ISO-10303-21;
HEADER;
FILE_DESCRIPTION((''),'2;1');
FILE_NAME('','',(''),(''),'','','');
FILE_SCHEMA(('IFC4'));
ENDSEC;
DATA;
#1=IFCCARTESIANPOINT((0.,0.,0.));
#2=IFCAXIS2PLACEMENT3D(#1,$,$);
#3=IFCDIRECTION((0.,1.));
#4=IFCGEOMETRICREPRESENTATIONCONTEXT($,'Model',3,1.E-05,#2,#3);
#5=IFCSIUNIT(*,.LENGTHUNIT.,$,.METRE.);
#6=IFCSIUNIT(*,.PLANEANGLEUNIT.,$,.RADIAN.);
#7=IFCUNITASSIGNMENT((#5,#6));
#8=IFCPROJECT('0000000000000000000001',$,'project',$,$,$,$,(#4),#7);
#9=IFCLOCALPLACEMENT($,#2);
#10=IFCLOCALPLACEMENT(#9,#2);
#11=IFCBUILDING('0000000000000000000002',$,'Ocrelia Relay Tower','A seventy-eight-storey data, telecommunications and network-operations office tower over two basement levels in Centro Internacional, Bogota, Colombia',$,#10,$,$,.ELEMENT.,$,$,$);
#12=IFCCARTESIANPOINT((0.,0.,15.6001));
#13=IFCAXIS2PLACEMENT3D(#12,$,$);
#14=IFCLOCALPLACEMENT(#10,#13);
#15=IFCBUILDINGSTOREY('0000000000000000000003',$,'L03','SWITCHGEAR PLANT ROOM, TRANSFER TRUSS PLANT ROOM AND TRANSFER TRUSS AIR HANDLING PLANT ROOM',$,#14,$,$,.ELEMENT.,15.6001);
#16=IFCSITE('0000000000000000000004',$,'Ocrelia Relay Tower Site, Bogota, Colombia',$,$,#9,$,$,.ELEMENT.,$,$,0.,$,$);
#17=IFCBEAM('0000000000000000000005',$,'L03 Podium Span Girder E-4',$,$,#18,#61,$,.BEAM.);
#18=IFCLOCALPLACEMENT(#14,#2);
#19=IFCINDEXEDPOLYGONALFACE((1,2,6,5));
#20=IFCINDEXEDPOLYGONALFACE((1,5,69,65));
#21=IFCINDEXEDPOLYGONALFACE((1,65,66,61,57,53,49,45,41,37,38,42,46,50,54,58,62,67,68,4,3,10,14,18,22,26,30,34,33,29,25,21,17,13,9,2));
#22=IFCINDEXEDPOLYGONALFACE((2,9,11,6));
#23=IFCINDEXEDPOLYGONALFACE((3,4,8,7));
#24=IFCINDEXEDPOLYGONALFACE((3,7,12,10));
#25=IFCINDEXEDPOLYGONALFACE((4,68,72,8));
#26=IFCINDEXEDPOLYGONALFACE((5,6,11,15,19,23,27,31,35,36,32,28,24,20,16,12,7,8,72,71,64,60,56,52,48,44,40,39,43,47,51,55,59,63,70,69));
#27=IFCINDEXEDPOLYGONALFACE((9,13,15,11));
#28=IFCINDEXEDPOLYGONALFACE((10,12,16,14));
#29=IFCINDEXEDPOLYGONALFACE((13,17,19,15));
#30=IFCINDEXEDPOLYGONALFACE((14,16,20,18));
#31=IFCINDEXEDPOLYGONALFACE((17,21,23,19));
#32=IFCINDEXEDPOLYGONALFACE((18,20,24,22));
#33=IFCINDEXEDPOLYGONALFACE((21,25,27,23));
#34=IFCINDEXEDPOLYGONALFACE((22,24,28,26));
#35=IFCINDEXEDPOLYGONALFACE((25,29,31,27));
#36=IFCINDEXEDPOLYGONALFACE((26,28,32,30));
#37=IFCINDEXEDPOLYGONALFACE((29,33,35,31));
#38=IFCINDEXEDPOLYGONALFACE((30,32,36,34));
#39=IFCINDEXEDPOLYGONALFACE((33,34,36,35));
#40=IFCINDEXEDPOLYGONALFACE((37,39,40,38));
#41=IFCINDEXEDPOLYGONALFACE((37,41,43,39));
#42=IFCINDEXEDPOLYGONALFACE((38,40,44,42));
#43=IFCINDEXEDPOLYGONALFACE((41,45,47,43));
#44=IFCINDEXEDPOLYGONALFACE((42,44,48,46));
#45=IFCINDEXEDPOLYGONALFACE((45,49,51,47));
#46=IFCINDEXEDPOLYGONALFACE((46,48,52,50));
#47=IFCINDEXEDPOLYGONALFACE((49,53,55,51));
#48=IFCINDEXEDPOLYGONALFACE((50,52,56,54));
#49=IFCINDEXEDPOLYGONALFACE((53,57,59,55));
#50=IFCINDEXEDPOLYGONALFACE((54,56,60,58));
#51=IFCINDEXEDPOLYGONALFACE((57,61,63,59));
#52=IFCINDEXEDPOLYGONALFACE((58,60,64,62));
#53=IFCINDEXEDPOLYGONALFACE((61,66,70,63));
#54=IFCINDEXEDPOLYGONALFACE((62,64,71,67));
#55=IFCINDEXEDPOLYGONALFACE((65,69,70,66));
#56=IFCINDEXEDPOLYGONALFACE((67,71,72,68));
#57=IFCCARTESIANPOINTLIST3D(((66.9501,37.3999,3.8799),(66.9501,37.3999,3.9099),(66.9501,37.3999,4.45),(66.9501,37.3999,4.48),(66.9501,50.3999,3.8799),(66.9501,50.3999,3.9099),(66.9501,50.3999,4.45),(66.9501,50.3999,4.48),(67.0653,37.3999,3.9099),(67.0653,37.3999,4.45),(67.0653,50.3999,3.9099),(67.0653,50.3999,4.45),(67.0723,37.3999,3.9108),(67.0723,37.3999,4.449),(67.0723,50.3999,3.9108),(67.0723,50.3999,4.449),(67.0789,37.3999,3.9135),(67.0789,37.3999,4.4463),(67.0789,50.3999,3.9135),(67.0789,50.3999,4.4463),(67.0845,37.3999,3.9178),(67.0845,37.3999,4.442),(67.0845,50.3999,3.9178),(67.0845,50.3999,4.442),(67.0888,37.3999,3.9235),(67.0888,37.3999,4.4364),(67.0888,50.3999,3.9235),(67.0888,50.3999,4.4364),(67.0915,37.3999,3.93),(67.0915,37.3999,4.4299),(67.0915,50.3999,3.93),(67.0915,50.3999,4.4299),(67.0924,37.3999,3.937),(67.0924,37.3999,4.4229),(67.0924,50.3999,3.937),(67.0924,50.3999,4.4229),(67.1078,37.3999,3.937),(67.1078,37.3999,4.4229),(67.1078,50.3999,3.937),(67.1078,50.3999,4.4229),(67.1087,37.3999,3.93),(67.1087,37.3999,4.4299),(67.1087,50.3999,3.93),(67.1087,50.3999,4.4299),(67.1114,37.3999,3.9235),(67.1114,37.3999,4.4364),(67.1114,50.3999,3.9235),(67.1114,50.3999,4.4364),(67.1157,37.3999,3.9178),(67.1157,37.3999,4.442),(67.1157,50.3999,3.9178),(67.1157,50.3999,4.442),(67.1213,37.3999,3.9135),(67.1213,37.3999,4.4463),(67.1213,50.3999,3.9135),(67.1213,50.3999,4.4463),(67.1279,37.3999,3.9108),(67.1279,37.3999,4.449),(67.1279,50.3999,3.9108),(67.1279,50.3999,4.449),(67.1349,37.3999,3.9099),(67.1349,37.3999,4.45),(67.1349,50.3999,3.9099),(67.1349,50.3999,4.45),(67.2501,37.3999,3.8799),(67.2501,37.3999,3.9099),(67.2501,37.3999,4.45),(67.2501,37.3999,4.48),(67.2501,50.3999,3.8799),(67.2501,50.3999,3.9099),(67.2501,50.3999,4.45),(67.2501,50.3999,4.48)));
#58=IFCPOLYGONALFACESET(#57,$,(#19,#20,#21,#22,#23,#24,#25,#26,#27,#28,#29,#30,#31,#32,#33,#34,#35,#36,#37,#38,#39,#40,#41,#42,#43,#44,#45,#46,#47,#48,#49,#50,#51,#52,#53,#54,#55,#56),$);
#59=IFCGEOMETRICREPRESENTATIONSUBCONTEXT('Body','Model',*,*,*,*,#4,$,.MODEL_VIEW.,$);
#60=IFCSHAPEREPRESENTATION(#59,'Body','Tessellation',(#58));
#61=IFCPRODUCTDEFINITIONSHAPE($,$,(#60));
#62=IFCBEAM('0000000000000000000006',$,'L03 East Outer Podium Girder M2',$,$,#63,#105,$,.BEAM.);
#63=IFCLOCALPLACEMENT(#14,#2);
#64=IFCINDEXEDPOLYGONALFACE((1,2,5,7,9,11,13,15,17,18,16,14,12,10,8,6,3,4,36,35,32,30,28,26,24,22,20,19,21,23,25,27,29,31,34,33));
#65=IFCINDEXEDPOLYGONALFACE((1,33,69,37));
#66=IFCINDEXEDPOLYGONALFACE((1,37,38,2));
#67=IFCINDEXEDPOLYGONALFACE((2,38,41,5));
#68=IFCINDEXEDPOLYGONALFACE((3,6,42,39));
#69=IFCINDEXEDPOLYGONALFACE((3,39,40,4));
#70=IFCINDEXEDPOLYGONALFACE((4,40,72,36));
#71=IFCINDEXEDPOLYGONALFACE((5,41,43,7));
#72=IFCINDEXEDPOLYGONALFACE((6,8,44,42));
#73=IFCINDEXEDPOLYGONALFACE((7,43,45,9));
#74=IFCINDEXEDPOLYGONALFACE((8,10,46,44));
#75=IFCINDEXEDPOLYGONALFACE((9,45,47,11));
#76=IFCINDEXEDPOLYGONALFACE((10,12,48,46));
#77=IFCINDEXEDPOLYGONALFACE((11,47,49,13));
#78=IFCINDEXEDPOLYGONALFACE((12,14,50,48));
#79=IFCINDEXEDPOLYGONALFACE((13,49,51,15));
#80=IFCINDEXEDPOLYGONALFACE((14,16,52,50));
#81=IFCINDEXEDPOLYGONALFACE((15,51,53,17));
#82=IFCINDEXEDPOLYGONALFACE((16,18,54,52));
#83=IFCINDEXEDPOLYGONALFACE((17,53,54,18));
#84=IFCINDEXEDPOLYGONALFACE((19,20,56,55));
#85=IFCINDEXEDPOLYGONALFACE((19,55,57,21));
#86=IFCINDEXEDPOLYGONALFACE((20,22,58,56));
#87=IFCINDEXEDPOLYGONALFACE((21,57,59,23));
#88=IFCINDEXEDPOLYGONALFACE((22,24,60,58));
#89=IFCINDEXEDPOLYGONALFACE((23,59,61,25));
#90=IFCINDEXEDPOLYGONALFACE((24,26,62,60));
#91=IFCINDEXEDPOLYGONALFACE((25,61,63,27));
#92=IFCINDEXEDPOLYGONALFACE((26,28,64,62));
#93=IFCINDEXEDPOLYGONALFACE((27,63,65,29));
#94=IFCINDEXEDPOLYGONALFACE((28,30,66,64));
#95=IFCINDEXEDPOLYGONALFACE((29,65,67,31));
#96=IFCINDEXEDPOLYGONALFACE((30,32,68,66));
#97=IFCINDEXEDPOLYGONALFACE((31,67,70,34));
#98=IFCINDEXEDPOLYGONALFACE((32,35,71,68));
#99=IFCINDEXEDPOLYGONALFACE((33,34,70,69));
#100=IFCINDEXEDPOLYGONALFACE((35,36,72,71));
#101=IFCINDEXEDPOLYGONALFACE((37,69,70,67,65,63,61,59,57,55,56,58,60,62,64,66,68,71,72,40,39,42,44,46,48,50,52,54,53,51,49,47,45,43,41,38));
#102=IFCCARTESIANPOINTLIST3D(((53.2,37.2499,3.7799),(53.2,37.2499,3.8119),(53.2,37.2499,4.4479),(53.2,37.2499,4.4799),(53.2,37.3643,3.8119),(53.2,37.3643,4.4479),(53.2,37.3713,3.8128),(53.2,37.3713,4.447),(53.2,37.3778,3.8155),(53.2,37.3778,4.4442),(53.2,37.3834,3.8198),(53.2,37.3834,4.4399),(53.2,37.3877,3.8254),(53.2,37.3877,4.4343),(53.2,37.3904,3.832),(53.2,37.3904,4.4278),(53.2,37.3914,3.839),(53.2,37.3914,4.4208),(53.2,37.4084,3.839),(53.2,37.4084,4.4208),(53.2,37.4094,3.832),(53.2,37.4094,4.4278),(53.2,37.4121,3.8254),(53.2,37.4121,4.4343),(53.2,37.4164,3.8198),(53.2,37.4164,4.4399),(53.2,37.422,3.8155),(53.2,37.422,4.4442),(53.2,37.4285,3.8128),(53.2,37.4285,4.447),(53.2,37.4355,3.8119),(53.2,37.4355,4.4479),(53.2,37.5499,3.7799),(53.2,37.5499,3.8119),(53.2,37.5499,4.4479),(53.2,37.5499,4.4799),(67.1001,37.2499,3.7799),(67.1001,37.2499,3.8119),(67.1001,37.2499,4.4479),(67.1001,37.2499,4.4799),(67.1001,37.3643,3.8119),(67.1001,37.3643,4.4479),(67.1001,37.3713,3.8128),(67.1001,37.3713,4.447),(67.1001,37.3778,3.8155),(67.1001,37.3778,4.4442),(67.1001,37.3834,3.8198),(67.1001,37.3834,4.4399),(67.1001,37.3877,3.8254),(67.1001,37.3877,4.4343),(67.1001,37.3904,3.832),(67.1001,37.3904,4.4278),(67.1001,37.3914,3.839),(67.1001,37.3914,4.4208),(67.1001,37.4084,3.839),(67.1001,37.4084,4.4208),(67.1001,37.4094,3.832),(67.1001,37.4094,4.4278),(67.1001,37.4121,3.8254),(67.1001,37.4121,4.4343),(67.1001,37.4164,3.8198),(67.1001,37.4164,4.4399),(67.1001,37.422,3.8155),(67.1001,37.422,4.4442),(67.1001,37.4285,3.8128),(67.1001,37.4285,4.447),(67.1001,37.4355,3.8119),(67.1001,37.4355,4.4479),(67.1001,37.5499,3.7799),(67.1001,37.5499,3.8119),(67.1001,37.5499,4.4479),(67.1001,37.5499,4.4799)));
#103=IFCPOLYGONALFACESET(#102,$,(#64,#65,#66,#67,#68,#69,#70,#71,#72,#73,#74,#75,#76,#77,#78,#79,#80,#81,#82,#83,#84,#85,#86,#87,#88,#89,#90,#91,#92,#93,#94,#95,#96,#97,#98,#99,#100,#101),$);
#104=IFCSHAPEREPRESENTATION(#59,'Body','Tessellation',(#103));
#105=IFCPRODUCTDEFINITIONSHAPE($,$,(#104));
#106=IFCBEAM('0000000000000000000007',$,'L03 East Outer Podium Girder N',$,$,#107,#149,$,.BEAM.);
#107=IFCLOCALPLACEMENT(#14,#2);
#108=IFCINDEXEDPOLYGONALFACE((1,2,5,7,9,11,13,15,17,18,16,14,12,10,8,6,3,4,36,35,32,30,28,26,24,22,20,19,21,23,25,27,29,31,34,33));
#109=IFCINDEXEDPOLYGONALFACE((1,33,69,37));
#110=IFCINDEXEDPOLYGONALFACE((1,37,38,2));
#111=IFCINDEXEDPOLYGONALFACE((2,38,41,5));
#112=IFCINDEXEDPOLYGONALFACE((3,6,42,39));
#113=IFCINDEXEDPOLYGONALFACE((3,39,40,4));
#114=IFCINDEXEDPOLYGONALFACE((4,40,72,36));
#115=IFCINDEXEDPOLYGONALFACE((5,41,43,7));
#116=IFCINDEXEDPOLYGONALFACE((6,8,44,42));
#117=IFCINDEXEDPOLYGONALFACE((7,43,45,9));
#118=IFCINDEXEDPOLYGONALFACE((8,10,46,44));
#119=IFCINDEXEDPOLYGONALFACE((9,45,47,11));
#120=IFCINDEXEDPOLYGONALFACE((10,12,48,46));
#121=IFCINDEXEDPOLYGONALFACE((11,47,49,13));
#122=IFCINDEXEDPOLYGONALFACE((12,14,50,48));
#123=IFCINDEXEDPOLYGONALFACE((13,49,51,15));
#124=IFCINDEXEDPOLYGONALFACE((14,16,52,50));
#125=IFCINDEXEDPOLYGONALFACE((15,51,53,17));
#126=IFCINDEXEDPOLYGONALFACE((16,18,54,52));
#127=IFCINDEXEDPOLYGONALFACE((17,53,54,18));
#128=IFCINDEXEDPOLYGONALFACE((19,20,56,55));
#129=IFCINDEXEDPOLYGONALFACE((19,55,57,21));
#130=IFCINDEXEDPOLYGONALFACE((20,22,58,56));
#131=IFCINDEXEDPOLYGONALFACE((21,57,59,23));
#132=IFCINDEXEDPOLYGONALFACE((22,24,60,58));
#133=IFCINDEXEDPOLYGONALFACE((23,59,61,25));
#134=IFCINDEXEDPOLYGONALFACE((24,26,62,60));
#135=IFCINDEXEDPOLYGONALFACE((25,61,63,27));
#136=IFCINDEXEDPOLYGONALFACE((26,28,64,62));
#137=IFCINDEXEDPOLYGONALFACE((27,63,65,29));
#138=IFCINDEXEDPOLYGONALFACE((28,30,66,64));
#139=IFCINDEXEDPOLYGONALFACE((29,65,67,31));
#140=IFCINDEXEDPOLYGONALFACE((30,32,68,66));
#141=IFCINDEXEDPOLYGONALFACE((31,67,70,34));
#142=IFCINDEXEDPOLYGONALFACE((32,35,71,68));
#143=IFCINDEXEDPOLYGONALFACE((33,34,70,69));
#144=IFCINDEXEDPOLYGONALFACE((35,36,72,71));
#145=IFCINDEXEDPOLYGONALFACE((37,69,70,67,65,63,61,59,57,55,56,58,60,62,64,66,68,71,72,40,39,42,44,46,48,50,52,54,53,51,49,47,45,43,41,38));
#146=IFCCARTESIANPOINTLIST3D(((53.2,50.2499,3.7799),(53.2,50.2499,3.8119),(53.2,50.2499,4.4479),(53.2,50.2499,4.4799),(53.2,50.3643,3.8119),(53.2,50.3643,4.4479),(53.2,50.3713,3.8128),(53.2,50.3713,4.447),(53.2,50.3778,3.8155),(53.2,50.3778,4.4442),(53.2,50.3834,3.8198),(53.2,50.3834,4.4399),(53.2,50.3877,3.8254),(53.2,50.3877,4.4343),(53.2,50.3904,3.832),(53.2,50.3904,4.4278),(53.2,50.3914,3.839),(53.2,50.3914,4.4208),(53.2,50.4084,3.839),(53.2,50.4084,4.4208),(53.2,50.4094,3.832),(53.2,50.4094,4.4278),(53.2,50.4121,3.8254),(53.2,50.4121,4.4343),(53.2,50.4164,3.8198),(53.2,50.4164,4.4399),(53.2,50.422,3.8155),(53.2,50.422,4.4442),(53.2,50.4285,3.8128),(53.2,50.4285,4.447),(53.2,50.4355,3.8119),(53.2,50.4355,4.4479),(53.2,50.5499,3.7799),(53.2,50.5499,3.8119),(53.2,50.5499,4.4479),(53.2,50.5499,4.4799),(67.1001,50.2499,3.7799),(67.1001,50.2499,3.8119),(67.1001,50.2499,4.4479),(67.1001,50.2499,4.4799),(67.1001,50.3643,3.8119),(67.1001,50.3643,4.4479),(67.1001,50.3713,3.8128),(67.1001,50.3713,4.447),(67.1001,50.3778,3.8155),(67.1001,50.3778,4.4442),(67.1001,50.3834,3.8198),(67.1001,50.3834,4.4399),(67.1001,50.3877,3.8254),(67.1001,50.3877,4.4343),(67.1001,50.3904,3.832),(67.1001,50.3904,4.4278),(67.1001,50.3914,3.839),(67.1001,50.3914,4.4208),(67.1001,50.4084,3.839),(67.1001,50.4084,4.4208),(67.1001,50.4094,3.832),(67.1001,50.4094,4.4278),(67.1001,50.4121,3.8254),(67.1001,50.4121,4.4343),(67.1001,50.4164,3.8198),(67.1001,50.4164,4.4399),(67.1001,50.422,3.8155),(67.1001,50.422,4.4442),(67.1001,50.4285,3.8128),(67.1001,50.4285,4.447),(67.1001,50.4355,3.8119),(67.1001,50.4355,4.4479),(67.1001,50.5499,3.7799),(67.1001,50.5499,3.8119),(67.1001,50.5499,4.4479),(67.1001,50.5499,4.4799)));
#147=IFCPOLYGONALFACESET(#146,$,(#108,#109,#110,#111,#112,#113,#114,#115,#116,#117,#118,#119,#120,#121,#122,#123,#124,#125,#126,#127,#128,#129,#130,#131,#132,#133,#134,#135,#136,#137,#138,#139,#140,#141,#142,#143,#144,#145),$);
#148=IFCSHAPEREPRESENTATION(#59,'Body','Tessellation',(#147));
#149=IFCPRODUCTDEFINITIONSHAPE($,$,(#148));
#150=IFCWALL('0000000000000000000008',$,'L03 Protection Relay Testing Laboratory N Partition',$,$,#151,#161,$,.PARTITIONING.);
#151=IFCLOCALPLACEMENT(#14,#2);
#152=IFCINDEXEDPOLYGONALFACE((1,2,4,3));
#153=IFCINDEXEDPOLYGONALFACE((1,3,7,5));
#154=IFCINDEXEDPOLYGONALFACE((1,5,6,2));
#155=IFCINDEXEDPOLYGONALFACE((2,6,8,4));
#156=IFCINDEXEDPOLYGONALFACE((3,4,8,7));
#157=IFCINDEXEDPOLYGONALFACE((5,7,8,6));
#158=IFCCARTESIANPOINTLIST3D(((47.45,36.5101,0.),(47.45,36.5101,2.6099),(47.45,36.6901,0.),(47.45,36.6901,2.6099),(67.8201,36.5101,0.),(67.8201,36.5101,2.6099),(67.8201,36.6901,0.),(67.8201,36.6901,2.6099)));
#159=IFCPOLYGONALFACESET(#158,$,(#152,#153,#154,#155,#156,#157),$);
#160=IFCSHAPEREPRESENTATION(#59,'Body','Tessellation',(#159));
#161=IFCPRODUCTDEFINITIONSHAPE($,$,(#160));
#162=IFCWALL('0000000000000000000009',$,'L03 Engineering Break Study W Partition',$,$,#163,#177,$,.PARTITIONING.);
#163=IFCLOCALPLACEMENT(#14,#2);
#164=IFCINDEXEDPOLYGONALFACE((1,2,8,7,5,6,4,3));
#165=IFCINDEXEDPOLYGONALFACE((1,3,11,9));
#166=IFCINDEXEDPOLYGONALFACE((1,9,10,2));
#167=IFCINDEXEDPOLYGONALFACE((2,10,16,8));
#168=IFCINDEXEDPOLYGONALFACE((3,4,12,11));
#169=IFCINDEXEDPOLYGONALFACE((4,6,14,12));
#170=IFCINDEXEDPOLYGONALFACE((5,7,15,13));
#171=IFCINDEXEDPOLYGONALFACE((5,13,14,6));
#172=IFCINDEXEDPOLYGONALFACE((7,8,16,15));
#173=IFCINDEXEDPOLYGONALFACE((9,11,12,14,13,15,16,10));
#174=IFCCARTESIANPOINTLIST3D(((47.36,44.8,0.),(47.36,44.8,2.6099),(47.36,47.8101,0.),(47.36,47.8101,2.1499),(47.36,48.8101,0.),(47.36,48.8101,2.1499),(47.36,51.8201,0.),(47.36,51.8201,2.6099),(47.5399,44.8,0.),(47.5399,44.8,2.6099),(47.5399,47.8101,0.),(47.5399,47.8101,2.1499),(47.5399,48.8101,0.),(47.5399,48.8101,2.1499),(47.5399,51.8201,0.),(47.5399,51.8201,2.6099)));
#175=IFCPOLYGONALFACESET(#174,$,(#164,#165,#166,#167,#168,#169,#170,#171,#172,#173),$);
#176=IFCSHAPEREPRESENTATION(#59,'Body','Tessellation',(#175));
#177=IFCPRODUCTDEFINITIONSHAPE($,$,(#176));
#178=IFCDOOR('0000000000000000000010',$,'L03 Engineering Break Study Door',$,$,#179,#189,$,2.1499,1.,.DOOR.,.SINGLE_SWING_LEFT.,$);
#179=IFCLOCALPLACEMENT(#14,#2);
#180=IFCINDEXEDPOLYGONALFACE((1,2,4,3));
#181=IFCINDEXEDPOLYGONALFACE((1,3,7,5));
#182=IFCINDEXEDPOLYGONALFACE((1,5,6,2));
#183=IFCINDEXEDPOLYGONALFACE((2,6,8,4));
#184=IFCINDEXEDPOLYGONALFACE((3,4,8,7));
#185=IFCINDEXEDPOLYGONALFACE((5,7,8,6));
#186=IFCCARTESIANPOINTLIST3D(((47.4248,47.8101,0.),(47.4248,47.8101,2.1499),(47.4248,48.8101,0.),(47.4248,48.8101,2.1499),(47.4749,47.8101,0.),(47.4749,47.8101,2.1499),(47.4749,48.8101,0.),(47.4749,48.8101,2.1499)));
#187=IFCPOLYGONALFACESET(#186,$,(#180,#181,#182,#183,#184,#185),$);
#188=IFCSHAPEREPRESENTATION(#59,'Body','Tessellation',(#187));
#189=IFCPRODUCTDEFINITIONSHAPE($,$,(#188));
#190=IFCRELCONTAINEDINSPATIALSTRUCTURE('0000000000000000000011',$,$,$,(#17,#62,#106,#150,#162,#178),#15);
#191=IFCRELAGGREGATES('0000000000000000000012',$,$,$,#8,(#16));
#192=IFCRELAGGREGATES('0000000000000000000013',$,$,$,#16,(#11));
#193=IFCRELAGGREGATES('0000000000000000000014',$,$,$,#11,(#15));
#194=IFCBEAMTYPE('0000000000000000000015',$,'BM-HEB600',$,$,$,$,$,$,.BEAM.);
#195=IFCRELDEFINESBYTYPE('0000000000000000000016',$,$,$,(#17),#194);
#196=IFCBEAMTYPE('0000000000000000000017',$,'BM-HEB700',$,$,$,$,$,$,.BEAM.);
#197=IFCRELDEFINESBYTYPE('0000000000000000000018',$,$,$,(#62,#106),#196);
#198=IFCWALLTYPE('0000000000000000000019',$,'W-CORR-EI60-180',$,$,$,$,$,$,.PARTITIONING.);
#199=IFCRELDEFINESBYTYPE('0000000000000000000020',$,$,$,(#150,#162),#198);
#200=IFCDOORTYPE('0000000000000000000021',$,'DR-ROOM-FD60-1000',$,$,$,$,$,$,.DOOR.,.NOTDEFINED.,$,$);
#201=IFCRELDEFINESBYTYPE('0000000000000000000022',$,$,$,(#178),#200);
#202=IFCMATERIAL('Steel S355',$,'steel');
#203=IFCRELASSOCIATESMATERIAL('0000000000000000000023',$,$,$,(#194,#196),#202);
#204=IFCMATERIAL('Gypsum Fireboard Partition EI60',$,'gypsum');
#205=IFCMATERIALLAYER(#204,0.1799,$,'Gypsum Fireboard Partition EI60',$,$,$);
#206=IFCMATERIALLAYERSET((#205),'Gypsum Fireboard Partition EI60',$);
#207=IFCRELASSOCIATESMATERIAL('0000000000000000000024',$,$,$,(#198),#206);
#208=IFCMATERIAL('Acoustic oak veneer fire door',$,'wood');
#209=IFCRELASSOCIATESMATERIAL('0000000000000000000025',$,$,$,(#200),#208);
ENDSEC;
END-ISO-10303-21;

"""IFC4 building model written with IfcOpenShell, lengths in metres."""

from ifc_helpers import new_model, si_unit, direction, frame, frame_2d, origin, origin_2d, place, context, subcontext, project, spatial, rectangle, i_section, extrude, material, layer, layer_set, material_profile, profile_set, type_object, element, fill, save


model = new_model("IFC4")

# Units and contexts
model_context = context("Model", 3, precision=1e-05, world=origin(), true_north=direction((0.0, 1.0)))
body_context = subcontext(model_context, "Body", "Model", "MODEL_VIEW")
ifc_project = project(units=[si_unit("LENGTHUNIT", "METRE"), si_unit("PLANEANGLEUNIT", "RADIAN")], contexts=[model_context])

# Site, building, storey
site_placement = place(None, origin())
site = spatial("IfcSite", under=ifc_project, at=site_placement, Name="Ocrelia Relay Tower Site, Bogota, Colombia", CompositionType="ELEMENT", RefElevation=0.0)
building_placement = place(site_placement, origin())
building = spatial("IfcBuilding", under=site, at=building_placement, Name="Ocrelia Relay Tower", Description="A seventy-eight-storey data, telecommunications and network-operations office tower over two basement levels in Centro Internacional, Bogota, Colombia", CompositionType="ELEMENT")
storey_placement = place(building_placement, frame((0.0, 0.0, 15.6001)))
storey = spatial("IfcBuildingStorey", under=building, at=storey_placement, Name="L03", Description="SWITCHGEAR PLANT ROOM, TRANSFER TRUSS PLANT ROOM AND TRANSFER TRUSS AIR HANDLING PLANT ROOM", CompositionType="ELEMENT", Elevation=15.6001)

# Beams
ifc_material_1 = material(Name="Steel S355", Category="steel")
ifc_material_profile_1 = material_profile(ifc_material_1, i_section(OverallWidth=0.3, OverallDepth=0.6001, WebThickness=0.0154, FlangeThickness=0.03, FilletRadius=0.0271, at=origin_2d()), Name="HEB 600")
ifc_profile_set_1 = profile_set([ifc_material_profile_1], Name="Steel S355")
beam_type_1 = type_object("IfcBeamType", Name="BM-HEB600", PredefinedType="BEAM", material=ifc_profile_set_1)
for number, where, z_axis, x_axis, name in (
    (1, (67.1001, 37.3999, 4.1799), (0.0, 1.0, 0.0), (-1.0, 0.0, 0.0), "L03 Podium Span Girder E-4"),
):
    element("IfcBeam", number, at=place(storey_placement, frame(where, z_axis=z_axis, x_axis=x_axis)), inside=storey, type_object=beam_type_1, Name=name, PredefinedType="BEAM", context=body_context, shape_type="SweptSolid", body=[
        extrude(i_section(OverallWidth=0.3, OverallDepth=0.6001, WebThickness=0.0154, FlangeThickness=0.03, FilletRadius=0.0271, at=origin_2d()), origin(), (0.0, 0.0, 1.0), 13.0),
    ])
ifc_material_profile_2 = material_profile(ifc_material_1, i_section(OverallWidth=0.3, OverallDepth=0.7, WebThickness=0.0171, FlangeThickness=0.032, FilletRadius=0.0271, at=origin_2d()), Name="HEB 700")
ifc_profile_set_2 = profile_set([ifc_material_profile_2], Name="Steel S355")
beam_type_2 = type_object("IfcBeamType", Name="BM-HEB700", PredefinedType="BEAM", material=ifc_profile_set_2)
for number, where, z_axis, x_axis, name in (
    (2, (53.2, 37.3999, 4.1299), (1.0, 0.0, 0.0), (0.0, 1.0, 0.0), "L03 East Outer Podium Girder M2"),
    (3, (53.2, 50.3999, 4.1299), (1.0, 0.0, 0.0), (0.0, 1.0, 0.0), "L03 East Outer Podium Girder N"),
):
    element("IfcBeam", number, at=place(storey_placement, frame(where, z_axis=z_axis, x_axis=x_axis)), inside=storey, type_object=beam_type_2, Name=name, PredefinedType="BEAM", context=body_context, shape_type="SweptSolid", body=[
        extrude(i_section(OverallWidth=0.3, OverallDepth=0.7, WebThickness=0.0171, FlangeThickness=0.032, FilletRadius=0.0271, at=origin_2d()), origin(), (0.0, 0.0, 1.0), 13.9001),
    ])

# Wall
ifc_material_2 = material(Name="Gypsum Fireboard Partition EI60", Category="gypsum")
ifc_layer_1 = layer(ifc_material_2, 0.1799, Name="Gypsum Fireboard Partition EI60")
ifc_layer_set_1 = layer_set([ifc_layer_1], Name="Gypsum Fireboard Partition EI60")
wall_type_1 = type_object("IfcWallType", Name="W-CORR-EI60-180", PredefinedType="PARTITIONING", material=ifc_layer_set_1)
wall_1_placement = place(storey_placement, frame((67.8201, 36.6001, 0.0), z_axis=(0.0, 0.0, 1.0), x_axis=(-1.0, 0.0, 0.0)))
element("IfcWall", 4, at=wall_1_placement, inside=storey, type_object=wall_type_1, Name="L03 Protection Relay Testing Laboratory N Partition", PredefinedType="PARTITIONING", context=body_context, shape_type="SweptSolid", body=[
    extrude(rectangle(XDim=20.3701, YDim=0.1799, at=frame_2d((10.1851, 0.0))), origin(), (0.0, 0.0, 1.0), 2.6099),
])

# Wall, opening, door
wall_2_placement = place(storey_placement, frame((47.45, 51.8201, 0.0), z_axis=(0.0, 0.0, 1.0), x_axis=(0.0, -1.0, 0.0)))
wall_2 = element("IfcWall", 5, at=wall_2_placement, inside=storey, type_object=wall_type_1, Name="L03 Engineering Break Study W Partition", PredefinedType="PARTITIONING", context=body_context, shape_type="SweptSolid", body=[
    extrude(rectangle(XDim=7.02, YDim=0.1799, at=frame_2d((3.51, 0.0))), origin(), (0.0, 0.0, 1.0), 2.6099),
])
opening_1_placement = place(wall_2_placement, frame((3.01, 0.0, 0.0)))
opening_1 = element("IfcOpeningElement", 6, at=opening_1_placement, cuts=wall_2, PredefinedType="OPENING", context=body_context, shape_type="SweptSolid", body=[
    extrude(rectangle(XDim=1.0, YDim=2.1499, at=frame_2d((0.5, 1.075))), frame((0.0, 0.1001, 0.0), z_axis=(0.0, -1.0, 0.0), x_axis=(1.0, 0.0, 0.0)), (0.0, 0.0, 1.0), 0.2),
])
ifc_material_3 = material(Name="Acoustic oak veneer fire door", Category="wood")
door_type_1 = type_object("IfcDoorType", Name="DR-ROOM-FD60-1000", OperationType="NOTDEFINED", PredefinedType="DOOR", material=ifc_material_3)
door_1_placement = place(opening_1_placement, origin())
door_1 = element("IfcDoor", 7, at=door_1_placement, inside=storey, type_object=door_type_1, Name="L03 Engineering Break Study Door", OperationType="SINGLE_SWING_LEFT", OverallHeight=2.1499, OverallWidth=1.0, PredefinedType="DOOR", context=body_context, shape_type="SweptSolid", body=[
    extrude(rectangle(XDim=1.0, YDim=2.1499, at=frame_2d((0.5, 1.075))), frame((0.0, 0.0249, 0.0), z_axis=(0.0, -1.0, 0.0), x_axis=(1.0, 0.0, 0.0)), (0.0, 0.0, 1.0), 0.05),
])
fill(opening_1, door_1)

save(model, "model.ifc")
